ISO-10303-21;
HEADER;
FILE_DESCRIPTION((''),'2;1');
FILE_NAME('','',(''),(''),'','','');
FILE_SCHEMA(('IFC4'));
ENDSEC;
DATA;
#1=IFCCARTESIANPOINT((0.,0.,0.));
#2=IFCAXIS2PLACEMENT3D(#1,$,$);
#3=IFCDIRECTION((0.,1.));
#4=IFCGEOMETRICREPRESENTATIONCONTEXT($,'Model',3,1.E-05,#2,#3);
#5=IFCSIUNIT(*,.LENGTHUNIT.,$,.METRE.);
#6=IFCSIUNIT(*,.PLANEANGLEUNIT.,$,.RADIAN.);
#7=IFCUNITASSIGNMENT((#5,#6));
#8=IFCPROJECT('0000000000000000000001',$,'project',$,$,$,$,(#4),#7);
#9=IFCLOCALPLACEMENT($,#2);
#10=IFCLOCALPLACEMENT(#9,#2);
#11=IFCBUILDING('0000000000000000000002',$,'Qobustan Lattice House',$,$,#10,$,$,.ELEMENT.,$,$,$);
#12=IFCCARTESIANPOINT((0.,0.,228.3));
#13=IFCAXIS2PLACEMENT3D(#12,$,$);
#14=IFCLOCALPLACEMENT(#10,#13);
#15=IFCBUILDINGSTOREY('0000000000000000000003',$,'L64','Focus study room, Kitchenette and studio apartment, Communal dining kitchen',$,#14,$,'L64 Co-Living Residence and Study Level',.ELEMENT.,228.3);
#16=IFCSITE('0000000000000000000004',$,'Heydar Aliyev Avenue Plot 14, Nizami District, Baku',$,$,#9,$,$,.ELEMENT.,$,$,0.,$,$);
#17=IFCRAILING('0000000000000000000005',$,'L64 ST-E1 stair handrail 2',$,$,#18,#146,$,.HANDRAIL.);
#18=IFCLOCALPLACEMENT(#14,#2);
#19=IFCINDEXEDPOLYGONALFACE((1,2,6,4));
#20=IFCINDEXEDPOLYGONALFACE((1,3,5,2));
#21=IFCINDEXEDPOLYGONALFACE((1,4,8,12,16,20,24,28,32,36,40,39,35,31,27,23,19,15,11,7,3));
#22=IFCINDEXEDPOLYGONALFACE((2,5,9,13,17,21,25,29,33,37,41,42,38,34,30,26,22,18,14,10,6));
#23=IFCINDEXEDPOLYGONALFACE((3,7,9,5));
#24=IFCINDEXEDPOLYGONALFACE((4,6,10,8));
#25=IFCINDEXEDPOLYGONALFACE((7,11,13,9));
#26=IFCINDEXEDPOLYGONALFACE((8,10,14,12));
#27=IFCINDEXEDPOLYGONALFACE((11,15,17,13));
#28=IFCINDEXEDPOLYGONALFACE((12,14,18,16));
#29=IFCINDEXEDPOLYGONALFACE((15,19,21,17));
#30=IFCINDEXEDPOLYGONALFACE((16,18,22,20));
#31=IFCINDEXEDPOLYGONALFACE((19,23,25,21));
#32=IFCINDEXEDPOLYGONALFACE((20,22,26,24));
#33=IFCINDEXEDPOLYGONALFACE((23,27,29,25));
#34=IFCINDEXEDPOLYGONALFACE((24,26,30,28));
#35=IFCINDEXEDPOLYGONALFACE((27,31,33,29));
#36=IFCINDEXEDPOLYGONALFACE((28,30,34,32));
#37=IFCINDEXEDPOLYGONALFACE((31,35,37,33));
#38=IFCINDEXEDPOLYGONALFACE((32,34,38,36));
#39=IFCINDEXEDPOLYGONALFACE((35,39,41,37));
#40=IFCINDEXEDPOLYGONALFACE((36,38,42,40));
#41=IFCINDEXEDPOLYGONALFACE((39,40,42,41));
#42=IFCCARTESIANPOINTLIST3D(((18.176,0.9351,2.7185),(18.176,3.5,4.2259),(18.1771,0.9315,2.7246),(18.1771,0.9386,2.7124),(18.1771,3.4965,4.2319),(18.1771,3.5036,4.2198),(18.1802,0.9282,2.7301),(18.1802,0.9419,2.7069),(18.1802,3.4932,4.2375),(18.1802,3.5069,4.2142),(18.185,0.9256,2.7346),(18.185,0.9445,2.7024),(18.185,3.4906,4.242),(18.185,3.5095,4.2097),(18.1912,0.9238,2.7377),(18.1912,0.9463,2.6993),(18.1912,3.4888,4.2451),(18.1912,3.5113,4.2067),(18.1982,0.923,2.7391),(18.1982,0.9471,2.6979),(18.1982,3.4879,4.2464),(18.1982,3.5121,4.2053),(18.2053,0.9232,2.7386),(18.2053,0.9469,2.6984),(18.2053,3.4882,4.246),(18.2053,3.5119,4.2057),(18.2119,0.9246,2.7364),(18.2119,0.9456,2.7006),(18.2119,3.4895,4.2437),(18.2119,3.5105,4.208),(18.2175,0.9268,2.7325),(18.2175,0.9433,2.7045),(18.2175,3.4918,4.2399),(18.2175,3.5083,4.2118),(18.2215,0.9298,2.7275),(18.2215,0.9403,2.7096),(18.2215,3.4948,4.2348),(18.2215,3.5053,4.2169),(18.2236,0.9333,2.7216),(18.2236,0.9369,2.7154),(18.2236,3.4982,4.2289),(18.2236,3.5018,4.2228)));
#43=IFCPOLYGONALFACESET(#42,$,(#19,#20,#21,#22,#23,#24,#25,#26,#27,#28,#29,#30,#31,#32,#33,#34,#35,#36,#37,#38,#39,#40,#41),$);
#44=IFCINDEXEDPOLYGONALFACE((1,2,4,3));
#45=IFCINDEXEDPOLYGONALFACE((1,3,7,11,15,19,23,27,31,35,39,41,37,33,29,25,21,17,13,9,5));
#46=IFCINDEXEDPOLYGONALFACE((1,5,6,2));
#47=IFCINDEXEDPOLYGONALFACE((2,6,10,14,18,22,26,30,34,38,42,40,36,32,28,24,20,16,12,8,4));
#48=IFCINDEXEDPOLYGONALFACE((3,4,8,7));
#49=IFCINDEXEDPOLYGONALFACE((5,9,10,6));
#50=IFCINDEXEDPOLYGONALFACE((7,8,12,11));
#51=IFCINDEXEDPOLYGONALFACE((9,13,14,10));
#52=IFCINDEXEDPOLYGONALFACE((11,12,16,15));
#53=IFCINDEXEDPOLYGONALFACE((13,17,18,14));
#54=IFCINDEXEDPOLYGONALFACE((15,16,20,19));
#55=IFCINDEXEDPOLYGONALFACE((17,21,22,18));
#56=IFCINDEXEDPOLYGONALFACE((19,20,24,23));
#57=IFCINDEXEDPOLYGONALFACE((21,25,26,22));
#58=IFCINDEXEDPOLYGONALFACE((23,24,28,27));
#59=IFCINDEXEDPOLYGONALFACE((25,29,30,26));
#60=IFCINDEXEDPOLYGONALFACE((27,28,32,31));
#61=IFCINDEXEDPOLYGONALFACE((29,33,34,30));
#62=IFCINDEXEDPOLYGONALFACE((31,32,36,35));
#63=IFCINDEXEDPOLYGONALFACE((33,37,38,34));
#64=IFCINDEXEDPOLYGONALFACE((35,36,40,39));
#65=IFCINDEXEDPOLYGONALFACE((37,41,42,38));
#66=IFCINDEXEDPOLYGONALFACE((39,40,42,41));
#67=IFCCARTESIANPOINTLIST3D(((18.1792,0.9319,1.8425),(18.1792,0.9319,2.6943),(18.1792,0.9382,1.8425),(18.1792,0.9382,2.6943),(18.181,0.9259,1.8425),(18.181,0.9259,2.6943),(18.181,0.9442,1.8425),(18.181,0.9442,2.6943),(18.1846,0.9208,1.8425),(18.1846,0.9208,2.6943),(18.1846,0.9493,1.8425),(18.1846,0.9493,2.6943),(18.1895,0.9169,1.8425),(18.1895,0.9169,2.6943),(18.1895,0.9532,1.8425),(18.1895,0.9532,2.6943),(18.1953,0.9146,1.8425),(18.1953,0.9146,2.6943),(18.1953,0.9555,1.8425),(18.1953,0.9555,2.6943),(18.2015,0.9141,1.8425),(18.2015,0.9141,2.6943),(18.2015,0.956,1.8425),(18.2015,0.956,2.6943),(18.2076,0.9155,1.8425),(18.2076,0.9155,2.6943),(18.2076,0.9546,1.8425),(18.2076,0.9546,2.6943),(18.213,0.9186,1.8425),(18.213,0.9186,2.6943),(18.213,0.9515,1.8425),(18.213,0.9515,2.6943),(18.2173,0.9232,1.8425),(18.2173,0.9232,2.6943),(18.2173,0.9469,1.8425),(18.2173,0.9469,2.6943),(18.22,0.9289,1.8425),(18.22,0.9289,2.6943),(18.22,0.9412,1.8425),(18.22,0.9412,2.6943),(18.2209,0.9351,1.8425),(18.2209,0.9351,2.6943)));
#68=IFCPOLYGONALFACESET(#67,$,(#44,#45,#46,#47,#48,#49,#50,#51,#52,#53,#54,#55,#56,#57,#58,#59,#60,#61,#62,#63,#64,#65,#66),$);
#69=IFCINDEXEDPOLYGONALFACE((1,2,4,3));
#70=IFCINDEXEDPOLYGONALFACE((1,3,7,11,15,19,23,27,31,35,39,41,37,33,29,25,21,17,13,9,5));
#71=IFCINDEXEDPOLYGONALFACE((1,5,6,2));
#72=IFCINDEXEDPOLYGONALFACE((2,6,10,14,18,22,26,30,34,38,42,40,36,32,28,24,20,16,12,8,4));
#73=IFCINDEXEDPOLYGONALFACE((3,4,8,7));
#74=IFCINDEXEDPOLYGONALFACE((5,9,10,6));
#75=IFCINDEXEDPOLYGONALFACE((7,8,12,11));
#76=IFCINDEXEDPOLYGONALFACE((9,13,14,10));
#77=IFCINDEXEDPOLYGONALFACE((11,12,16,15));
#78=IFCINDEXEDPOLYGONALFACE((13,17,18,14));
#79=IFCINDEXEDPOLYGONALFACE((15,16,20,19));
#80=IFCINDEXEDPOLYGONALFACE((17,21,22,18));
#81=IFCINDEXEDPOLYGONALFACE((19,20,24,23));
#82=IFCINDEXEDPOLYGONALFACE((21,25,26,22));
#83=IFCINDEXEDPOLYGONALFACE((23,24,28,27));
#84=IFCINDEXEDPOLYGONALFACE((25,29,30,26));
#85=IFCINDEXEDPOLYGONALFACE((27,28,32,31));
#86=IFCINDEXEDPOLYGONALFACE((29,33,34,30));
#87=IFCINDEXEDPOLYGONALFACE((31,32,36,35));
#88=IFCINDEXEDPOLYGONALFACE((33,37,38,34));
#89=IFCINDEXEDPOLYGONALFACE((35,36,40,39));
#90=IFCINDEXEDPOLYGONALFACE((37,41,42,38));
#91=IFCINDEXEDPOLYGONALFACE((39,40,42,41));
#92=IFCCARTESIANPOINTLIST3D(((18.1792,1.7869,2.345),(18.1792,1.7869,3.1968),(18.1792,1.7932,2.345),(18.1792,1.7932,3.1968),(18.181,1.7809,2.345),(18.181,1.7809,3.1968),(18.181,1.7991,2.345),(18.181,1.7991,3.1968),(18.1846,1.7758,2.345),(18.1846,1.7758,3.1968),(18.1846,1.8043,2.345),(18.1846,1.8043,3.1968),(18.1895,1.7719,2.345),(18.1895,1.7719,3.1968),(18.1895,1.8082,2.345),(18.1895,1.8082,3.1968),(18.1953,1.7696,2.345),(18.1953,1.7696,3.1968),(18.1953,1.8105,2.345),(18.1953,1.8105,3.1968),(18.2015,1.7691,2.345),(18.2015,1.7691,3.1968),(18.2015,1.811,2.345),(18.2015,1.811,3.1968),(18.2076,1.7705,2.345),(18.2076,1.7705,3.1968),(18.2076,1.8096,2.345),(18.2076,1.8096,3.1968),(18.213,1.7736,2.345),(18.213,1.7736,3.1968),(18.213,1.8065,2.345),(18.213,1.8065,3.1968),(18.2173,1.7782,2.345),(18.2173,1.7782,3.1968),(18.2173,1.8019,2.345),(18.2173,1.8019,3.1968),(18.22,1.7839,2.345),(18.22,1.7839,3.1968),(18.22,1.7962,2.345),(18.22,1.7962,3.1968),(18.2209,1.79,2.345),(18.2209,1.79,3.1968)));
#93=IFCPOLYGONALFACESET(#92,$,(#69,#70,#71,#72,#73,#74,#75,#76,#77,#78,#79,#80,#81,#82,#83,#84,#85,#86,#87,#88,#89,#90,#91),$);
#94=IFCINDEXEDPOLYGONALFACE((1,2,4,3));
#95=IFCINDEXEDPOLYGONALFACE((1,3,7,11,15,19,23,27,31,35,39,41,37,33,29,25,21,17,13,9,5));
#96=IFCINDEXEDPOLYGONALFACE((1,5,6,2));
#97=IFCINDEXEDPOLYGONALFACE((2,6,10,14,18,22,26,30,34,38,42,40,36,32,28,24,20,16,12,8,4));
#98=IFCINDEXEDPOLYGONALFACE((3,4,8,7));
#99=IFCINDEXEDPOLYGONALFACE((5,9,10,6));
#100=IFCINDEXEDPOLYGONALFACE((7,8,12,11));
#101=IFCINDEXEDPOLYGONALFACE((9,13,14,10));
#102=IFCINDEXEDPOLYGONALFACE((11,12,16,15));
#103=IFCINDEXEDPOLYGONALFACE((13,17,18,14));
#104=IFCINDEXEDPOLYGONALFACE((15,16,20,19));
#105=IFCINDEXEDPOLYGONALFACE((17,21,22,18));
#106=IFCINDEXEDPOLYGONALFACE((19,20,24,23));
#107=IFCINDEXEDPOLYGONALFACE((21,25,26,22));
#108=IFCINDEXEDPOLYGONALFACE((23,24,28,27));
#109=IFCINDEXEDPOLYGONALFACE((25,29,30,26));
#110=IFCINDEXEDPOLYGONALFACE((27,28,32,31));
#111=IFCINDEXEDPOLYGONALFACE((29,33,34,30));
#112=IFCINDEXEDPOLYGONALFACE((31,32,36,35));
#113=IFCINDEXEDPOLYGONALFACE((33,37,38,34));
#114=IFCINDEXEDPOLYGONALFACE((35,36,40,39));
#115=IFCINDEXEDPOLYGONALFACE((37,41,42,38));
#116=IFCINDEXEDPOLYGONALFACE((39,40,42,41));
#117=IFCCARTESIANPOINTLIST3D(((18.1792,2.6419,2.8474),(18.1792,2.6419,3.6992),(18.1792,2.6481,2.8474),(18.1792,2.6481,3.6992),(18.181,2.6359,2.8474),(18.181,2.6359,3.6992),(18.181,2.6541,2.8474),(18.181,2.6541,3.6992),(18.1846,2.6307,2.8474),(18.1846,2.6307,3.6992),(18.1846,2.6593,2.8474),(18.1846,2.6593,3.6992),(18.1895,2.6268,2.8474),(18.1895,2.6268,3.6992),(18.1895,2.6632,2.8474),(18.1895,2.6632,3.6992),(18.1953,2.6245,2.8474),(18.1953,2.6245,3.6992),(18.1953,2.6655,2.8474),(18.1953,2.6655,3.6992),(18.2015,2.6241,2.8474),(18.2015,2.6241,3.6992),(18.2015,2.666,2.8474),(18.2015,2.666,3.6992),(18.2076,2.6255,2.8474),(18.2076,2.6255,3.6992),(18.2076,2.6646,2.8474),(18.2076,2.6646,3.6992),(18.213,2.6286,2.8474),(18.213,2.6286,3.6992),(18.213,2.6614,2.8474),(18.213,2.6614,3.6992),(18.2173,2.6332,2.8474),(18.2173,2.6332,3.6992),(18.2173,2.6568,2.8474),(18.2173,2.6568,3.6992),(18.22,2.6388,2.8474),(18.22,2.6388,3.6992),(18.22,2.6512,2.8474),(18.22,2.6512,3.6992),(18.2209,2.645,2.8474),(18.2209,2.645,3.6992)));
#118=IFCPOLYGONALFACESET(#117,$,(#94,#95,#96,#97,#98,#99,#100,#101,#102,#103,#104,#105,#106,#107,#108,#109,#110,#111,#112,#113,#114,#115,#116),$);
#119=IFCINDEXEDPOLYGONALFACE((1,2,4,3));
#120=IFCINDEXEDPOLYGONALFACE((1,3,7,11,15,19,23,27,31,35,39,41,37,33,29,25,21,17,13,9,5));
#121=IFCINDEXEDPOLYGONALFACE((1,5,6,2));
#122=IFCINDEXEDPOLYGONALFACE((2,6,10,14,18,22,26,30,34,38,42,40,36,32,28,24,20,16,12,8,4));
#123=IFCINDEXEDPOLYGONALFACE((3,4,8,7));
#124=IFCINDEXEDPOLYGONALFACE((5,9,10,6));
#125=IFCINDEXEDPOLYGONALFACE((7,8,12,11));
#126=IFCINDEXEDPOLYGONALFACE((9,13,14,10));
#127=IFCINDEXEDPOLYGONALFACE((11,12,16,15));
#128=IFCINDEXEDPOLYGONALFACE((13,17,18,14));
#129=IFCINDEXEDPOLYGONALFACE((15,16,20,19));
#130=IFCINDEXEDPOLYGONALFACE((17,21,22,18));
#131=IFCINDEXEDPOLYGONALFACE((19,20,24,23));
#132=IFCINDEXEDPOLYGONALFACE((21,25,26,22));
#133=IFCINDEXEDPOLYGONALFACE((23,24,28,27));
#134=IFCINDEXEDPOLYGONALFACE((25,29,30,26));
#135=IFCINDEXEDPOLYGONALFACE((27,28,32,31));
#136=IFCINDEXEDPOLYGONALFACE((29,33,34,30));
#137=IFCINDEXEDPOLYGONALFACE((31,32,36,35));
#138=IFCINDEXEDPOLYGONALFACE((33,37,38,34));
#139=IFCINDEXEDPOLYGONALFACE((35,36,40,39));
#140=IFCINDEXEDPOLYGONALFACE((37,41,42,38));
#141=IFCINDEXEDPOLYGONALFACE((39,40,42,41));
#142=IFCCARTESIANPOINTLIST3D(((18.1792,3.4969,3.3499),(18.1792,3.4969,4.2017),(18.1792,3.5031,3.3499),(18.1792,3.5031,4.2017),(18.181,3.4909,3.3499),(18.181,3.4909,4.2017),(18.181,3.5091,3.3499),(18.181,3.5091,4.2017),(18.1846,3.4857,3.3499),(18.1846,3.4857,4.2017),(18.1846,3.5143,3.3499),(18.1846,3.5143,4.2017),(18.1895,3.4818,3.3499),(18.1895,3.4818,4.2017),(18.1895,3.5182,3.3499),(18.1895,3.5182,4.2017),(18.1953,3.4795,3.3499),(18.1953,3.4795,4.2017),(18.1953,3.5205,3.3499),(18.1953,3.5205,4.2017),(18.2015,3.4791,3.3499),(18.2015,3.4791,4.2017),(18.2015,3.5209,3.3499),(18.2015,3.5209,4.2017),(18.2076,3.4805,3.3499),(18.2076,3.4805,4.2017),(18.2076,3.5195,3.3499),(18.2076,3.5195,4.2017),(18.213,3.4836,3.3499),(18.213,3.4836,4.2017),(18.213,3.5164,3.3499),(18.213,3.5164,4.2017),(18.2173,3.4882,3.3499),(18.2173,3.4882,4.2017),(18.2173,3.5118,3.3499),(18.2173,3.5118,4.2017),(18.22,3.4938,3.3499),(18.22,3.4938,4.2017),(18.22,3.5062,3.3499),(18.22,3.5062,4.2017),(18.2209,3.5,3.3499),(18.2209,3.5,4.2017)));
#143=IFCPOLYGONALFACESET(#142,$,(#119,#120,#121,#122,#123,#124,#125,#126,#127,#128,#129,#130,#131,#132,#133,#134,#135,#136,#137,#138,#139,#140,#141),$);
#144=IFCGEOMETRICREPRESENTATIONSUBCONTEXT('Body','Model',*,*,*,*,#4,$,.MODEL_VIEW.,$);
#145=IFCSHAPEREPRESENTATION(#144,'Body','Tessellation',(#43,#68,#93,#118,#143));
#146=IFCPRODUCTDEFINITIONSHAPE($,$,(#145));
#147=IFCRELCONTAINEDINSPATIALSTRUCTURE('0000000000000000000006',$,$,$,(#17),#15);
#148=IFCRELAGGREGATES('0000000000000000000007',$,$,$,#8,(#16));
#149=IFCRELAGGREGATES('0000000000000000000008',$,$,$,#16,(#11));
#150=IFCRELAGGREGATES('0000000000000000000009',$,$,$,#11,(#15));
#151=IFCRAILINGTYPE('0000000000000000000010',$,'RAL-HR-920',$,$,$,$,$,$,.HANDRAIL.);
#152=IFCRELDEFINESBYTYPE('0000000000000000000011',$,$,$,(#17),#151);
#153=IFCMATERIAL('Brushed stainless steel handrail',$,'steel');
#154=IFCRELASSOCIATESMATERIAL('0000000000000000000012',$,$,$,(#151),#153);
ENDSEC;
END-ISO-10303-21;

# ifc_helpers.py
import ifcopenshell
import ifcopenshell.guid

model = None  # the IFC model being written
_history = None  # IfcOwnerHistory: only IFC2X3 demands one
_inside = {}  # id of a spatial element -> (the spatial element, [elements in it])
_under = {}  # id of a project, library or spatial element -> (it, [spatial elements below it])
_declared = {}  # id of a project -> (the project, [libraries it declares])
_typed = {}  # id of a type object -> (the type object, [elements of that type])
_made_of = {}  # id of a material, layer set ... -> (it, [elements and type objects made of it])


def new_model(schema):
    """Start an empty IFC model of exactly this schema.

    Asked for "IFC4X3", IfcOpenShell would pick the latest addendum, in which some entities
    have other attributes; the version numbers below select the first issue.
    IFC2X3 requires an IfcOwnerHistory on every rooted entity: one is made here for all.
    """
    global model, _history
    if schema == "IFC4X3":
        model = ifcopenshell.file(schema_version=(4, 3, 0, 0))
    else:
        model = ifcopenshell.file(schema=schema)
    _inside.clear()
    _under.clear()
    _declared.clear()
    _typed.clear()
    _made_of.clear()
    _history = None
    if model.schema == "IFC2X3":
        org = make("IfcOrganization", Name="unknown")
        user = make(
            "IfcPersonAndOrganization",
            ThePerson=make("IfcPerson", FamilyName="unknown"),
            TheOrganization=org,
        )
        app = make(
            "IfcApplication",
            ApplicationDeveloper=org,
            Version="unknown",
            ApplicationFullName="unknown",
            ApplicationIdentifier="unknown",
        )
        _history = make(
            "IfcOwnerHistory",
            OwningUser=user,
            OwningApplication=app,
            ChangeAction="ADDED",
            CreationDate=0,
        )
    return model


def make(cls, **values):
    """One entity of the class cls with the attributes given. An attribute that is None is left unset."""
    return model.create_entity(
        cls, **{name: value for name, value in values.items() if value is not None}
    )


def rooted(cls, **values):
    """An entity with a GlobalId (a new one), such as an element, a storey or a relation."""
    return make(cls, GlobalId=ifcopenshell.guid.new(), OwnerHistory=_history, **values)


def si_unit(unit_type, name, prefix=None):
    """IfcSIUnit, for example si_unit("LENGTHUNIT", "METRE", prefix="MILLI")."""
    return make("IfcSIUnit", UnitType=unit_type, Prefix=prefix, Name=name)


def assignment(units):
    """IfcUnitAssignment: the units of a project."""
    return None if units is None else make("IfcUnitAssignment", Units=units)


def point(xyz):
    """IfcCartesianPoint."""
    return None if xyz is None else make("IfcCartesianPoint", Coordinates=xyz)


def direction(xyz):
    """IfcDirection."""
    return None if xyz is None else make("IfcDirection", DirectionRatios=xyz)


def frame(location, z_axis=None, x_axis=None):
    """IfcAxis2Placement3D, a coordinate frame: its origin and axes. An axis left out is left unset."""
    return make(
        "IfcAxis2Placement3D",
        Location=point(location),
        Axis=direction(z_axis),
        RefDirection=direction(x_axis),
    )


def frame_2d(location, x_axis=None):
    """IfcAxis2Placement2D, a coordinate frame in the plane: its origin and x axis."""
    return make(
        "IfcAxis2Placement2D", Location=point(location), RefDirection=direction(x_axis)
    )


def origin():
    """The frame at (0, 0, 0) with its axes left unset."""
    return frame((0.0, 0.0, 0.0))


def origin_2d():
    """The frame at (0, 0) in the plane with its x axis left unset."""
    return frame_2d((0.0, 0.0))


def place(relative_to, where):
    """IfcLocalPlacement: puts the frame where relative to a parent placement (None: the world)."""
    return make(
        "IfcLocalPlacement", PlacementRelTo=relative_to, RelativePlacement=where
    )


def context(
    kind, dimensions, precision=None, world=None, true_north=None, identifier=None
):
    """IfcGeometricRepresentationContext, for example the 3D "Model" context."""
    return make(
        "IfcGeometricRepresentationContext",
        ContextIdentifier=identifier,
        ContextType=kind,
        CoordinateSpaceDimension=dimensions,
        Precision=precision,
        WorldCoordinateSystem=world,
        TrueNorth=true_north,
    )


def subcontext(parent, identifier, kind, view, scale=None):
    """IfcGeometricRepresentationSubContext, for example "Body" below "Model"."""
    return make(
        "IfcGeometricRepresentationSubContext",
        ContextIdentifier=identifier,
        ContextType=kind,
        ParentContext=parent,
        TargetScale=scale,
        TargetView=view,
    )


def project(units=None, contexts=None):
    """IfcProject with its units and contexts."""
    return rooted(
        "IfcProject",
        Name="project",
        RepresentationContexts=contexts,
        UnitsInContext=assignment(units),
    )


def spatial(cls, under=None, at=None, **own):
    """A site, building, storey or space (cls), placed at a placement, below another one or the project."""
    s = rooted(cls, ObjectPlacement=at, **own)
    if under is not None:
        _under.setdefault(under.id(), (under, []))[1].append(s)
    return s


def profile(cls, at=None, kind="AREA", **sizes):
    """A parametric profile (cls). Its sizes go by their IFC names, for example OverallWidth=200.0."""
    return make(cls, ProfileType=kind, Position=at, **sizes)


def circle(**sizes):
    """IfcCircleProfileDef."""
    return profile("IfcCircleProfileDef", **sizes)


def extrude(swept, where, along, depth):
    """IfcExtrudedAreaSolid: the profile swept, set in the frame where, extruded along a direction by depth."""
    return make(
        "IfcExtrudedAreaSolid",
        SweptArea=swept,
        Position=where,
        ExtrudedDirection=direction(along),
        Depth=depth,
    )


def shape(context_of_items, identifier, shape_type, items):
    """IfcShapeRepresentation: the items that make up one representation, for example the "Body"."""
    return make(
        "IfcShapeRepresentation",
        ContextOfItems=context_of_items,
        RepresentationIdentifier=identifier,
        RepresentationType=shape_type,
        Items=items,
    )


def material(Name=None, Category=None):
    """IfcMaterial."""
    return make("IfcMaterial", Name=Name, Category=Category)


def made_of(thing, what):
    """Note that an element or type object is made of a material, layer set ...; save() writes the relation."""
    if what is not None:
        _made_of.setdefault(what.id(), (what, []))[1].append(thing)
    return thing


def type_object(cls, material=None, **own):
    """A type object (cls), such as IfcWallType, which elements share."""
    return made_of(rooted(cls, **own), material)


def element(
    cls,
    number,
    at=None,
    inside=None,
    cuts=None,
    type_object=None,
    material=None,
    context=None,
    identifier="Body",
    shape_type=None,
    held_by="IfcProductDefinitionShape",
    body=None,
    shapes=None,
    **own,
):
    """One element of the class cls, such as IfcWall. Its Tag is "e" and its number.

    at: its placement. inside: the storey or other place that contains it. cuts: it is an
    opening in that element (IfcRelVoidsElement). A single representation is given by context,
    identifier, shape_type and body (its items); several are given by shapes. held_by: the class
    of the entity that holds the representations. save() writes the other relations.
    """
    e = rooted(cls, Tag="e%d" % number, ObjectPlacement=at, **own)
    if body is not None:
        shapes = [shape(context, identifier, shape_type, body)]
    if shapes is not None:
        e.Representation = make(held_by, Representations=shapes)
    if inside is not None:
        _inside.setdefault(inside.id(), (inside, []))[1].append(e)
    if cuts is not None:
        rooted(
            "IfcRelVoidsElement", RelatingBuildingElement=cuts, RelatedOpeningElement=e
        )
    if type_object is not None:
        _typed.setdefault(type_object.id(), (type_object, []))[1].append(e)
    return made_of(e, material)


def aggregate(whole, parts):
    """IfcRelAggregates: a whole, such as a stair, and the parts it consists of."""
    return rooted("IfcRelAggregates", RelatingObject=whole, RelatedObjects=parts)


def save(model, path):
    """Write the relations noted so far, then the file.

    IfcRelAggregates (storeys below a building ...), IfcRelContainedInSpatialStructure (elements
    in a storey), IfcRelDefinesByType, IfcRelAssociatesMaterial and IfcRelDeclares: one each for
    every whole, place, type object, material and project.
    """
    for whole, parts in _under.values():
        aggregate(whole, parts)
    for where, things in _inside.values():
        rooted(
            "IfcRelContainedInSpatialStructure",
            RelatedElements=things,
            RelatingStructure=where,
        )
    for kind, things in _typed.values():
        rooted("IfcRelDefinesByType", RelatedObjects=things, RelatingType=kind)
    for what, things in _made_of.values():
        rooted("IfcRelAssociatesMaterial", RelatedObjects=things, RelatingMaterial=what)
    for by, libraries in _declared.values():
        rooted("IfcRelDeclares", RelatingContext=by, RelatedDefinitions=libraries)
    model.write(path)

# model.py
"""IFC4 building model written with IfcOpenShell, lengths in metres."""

from ifc_helpers import new_model, si_unit, direction, frame, origin, origin_2d, place, context, subcontext, project, spatial, circle, extrude, material, type_object, element, save


model = new_model("IFC4")

# Units and contexts
model_context = context("Model", 3, precision=1e-05, world=origin(), true_north=direction((0.0, 1.0)))
body_context = subcontext(model_context, "Body", "Model", "MODEL_VIEW")
ifc_project = project(units=[si_unit("LENGTHUNIT", "METRE"), si_unit("PLANEANGLEUNIT", "RADIAN")], contexts=[model_context])

# Site, building, storey
site_placement = place(None, origin())
site = spatial("IfcSite", under=ifc_project, at=site_placement, Name="Heydar Aliyev Avenue Plot 14, Nizami District, Baku", CompositionType="ELEMENT", RefElevation=0.0)
building_placement = place(site_placement, origin())
building = spatial("IfcBuilding", under=site, at=building_placement, Name="Qobustan Lattice House", CompositionType="ELEMENT")
storey_placement = place(building_placement, frame((0.0, 0.0, 228.3)))
storey = spatial("IfcBuildingStorey", under=building, at=storey_placement, Name="L64", Description="Focus study room, Kitchenette and studio apartment, Communal dining kitchen", LongName="L64 Co-Living Residence and Study Level", CompositionType="ELEMENT", Elevation=228.3)

# Railing
ifc_material_1 = material(Name="Brushed stainless steel handrail", Category="steel")
railing_type_1 = type_object("IfcRailingType", Name="RAL-HR-920", PredefinedType="HANDRAIL", material=ifc_material_1)
railing_1_placement = place(storey_placement, frame((18.2, 0.9351, 1.8425)))
element("IfcRailing", 1, at=railing_1_placement, inside=storey, type_object=railing_type_1, Name="L64 ST-E1 stair handrail 2", PredefinedType="HANDRAIL", context=body_context, shape_type="SweptSolid", body=[
    extrude(circle(Radius=0.0239, at=origin_2d()), frame((0.0, 0.0, 0.876), z_axis=(0.0, 0.862149, 0.506654), x_axis=(-1.0, 0.0, 0.0)), (0.0, 0.0, 1.0), 2.9751),
    extrude(circle(Radius=0.021, at=origin_2d()), origin(), (0.0, 0.0, 1.0), 0.8518),
    extrude(circle(Radius=0.021, at=origin_2d()), frame((0.0, 0.855, 0.5024)), (0.0, 0.0, 1.0), 0.8518),
    extrude(circle(Radius=0.021, at=origin_2d()), frame((0.0, 1.71, 1.0049)), (0.0, 0.0, 1.0), 0.8518),
    extrude(circle(Radius=0.021, at=origin_2d()), frame((0.0, 2.5649, 1.5073)), (0.0, 0.0, 1.0), 0.8518),
])

save(model, "model.ifc")
